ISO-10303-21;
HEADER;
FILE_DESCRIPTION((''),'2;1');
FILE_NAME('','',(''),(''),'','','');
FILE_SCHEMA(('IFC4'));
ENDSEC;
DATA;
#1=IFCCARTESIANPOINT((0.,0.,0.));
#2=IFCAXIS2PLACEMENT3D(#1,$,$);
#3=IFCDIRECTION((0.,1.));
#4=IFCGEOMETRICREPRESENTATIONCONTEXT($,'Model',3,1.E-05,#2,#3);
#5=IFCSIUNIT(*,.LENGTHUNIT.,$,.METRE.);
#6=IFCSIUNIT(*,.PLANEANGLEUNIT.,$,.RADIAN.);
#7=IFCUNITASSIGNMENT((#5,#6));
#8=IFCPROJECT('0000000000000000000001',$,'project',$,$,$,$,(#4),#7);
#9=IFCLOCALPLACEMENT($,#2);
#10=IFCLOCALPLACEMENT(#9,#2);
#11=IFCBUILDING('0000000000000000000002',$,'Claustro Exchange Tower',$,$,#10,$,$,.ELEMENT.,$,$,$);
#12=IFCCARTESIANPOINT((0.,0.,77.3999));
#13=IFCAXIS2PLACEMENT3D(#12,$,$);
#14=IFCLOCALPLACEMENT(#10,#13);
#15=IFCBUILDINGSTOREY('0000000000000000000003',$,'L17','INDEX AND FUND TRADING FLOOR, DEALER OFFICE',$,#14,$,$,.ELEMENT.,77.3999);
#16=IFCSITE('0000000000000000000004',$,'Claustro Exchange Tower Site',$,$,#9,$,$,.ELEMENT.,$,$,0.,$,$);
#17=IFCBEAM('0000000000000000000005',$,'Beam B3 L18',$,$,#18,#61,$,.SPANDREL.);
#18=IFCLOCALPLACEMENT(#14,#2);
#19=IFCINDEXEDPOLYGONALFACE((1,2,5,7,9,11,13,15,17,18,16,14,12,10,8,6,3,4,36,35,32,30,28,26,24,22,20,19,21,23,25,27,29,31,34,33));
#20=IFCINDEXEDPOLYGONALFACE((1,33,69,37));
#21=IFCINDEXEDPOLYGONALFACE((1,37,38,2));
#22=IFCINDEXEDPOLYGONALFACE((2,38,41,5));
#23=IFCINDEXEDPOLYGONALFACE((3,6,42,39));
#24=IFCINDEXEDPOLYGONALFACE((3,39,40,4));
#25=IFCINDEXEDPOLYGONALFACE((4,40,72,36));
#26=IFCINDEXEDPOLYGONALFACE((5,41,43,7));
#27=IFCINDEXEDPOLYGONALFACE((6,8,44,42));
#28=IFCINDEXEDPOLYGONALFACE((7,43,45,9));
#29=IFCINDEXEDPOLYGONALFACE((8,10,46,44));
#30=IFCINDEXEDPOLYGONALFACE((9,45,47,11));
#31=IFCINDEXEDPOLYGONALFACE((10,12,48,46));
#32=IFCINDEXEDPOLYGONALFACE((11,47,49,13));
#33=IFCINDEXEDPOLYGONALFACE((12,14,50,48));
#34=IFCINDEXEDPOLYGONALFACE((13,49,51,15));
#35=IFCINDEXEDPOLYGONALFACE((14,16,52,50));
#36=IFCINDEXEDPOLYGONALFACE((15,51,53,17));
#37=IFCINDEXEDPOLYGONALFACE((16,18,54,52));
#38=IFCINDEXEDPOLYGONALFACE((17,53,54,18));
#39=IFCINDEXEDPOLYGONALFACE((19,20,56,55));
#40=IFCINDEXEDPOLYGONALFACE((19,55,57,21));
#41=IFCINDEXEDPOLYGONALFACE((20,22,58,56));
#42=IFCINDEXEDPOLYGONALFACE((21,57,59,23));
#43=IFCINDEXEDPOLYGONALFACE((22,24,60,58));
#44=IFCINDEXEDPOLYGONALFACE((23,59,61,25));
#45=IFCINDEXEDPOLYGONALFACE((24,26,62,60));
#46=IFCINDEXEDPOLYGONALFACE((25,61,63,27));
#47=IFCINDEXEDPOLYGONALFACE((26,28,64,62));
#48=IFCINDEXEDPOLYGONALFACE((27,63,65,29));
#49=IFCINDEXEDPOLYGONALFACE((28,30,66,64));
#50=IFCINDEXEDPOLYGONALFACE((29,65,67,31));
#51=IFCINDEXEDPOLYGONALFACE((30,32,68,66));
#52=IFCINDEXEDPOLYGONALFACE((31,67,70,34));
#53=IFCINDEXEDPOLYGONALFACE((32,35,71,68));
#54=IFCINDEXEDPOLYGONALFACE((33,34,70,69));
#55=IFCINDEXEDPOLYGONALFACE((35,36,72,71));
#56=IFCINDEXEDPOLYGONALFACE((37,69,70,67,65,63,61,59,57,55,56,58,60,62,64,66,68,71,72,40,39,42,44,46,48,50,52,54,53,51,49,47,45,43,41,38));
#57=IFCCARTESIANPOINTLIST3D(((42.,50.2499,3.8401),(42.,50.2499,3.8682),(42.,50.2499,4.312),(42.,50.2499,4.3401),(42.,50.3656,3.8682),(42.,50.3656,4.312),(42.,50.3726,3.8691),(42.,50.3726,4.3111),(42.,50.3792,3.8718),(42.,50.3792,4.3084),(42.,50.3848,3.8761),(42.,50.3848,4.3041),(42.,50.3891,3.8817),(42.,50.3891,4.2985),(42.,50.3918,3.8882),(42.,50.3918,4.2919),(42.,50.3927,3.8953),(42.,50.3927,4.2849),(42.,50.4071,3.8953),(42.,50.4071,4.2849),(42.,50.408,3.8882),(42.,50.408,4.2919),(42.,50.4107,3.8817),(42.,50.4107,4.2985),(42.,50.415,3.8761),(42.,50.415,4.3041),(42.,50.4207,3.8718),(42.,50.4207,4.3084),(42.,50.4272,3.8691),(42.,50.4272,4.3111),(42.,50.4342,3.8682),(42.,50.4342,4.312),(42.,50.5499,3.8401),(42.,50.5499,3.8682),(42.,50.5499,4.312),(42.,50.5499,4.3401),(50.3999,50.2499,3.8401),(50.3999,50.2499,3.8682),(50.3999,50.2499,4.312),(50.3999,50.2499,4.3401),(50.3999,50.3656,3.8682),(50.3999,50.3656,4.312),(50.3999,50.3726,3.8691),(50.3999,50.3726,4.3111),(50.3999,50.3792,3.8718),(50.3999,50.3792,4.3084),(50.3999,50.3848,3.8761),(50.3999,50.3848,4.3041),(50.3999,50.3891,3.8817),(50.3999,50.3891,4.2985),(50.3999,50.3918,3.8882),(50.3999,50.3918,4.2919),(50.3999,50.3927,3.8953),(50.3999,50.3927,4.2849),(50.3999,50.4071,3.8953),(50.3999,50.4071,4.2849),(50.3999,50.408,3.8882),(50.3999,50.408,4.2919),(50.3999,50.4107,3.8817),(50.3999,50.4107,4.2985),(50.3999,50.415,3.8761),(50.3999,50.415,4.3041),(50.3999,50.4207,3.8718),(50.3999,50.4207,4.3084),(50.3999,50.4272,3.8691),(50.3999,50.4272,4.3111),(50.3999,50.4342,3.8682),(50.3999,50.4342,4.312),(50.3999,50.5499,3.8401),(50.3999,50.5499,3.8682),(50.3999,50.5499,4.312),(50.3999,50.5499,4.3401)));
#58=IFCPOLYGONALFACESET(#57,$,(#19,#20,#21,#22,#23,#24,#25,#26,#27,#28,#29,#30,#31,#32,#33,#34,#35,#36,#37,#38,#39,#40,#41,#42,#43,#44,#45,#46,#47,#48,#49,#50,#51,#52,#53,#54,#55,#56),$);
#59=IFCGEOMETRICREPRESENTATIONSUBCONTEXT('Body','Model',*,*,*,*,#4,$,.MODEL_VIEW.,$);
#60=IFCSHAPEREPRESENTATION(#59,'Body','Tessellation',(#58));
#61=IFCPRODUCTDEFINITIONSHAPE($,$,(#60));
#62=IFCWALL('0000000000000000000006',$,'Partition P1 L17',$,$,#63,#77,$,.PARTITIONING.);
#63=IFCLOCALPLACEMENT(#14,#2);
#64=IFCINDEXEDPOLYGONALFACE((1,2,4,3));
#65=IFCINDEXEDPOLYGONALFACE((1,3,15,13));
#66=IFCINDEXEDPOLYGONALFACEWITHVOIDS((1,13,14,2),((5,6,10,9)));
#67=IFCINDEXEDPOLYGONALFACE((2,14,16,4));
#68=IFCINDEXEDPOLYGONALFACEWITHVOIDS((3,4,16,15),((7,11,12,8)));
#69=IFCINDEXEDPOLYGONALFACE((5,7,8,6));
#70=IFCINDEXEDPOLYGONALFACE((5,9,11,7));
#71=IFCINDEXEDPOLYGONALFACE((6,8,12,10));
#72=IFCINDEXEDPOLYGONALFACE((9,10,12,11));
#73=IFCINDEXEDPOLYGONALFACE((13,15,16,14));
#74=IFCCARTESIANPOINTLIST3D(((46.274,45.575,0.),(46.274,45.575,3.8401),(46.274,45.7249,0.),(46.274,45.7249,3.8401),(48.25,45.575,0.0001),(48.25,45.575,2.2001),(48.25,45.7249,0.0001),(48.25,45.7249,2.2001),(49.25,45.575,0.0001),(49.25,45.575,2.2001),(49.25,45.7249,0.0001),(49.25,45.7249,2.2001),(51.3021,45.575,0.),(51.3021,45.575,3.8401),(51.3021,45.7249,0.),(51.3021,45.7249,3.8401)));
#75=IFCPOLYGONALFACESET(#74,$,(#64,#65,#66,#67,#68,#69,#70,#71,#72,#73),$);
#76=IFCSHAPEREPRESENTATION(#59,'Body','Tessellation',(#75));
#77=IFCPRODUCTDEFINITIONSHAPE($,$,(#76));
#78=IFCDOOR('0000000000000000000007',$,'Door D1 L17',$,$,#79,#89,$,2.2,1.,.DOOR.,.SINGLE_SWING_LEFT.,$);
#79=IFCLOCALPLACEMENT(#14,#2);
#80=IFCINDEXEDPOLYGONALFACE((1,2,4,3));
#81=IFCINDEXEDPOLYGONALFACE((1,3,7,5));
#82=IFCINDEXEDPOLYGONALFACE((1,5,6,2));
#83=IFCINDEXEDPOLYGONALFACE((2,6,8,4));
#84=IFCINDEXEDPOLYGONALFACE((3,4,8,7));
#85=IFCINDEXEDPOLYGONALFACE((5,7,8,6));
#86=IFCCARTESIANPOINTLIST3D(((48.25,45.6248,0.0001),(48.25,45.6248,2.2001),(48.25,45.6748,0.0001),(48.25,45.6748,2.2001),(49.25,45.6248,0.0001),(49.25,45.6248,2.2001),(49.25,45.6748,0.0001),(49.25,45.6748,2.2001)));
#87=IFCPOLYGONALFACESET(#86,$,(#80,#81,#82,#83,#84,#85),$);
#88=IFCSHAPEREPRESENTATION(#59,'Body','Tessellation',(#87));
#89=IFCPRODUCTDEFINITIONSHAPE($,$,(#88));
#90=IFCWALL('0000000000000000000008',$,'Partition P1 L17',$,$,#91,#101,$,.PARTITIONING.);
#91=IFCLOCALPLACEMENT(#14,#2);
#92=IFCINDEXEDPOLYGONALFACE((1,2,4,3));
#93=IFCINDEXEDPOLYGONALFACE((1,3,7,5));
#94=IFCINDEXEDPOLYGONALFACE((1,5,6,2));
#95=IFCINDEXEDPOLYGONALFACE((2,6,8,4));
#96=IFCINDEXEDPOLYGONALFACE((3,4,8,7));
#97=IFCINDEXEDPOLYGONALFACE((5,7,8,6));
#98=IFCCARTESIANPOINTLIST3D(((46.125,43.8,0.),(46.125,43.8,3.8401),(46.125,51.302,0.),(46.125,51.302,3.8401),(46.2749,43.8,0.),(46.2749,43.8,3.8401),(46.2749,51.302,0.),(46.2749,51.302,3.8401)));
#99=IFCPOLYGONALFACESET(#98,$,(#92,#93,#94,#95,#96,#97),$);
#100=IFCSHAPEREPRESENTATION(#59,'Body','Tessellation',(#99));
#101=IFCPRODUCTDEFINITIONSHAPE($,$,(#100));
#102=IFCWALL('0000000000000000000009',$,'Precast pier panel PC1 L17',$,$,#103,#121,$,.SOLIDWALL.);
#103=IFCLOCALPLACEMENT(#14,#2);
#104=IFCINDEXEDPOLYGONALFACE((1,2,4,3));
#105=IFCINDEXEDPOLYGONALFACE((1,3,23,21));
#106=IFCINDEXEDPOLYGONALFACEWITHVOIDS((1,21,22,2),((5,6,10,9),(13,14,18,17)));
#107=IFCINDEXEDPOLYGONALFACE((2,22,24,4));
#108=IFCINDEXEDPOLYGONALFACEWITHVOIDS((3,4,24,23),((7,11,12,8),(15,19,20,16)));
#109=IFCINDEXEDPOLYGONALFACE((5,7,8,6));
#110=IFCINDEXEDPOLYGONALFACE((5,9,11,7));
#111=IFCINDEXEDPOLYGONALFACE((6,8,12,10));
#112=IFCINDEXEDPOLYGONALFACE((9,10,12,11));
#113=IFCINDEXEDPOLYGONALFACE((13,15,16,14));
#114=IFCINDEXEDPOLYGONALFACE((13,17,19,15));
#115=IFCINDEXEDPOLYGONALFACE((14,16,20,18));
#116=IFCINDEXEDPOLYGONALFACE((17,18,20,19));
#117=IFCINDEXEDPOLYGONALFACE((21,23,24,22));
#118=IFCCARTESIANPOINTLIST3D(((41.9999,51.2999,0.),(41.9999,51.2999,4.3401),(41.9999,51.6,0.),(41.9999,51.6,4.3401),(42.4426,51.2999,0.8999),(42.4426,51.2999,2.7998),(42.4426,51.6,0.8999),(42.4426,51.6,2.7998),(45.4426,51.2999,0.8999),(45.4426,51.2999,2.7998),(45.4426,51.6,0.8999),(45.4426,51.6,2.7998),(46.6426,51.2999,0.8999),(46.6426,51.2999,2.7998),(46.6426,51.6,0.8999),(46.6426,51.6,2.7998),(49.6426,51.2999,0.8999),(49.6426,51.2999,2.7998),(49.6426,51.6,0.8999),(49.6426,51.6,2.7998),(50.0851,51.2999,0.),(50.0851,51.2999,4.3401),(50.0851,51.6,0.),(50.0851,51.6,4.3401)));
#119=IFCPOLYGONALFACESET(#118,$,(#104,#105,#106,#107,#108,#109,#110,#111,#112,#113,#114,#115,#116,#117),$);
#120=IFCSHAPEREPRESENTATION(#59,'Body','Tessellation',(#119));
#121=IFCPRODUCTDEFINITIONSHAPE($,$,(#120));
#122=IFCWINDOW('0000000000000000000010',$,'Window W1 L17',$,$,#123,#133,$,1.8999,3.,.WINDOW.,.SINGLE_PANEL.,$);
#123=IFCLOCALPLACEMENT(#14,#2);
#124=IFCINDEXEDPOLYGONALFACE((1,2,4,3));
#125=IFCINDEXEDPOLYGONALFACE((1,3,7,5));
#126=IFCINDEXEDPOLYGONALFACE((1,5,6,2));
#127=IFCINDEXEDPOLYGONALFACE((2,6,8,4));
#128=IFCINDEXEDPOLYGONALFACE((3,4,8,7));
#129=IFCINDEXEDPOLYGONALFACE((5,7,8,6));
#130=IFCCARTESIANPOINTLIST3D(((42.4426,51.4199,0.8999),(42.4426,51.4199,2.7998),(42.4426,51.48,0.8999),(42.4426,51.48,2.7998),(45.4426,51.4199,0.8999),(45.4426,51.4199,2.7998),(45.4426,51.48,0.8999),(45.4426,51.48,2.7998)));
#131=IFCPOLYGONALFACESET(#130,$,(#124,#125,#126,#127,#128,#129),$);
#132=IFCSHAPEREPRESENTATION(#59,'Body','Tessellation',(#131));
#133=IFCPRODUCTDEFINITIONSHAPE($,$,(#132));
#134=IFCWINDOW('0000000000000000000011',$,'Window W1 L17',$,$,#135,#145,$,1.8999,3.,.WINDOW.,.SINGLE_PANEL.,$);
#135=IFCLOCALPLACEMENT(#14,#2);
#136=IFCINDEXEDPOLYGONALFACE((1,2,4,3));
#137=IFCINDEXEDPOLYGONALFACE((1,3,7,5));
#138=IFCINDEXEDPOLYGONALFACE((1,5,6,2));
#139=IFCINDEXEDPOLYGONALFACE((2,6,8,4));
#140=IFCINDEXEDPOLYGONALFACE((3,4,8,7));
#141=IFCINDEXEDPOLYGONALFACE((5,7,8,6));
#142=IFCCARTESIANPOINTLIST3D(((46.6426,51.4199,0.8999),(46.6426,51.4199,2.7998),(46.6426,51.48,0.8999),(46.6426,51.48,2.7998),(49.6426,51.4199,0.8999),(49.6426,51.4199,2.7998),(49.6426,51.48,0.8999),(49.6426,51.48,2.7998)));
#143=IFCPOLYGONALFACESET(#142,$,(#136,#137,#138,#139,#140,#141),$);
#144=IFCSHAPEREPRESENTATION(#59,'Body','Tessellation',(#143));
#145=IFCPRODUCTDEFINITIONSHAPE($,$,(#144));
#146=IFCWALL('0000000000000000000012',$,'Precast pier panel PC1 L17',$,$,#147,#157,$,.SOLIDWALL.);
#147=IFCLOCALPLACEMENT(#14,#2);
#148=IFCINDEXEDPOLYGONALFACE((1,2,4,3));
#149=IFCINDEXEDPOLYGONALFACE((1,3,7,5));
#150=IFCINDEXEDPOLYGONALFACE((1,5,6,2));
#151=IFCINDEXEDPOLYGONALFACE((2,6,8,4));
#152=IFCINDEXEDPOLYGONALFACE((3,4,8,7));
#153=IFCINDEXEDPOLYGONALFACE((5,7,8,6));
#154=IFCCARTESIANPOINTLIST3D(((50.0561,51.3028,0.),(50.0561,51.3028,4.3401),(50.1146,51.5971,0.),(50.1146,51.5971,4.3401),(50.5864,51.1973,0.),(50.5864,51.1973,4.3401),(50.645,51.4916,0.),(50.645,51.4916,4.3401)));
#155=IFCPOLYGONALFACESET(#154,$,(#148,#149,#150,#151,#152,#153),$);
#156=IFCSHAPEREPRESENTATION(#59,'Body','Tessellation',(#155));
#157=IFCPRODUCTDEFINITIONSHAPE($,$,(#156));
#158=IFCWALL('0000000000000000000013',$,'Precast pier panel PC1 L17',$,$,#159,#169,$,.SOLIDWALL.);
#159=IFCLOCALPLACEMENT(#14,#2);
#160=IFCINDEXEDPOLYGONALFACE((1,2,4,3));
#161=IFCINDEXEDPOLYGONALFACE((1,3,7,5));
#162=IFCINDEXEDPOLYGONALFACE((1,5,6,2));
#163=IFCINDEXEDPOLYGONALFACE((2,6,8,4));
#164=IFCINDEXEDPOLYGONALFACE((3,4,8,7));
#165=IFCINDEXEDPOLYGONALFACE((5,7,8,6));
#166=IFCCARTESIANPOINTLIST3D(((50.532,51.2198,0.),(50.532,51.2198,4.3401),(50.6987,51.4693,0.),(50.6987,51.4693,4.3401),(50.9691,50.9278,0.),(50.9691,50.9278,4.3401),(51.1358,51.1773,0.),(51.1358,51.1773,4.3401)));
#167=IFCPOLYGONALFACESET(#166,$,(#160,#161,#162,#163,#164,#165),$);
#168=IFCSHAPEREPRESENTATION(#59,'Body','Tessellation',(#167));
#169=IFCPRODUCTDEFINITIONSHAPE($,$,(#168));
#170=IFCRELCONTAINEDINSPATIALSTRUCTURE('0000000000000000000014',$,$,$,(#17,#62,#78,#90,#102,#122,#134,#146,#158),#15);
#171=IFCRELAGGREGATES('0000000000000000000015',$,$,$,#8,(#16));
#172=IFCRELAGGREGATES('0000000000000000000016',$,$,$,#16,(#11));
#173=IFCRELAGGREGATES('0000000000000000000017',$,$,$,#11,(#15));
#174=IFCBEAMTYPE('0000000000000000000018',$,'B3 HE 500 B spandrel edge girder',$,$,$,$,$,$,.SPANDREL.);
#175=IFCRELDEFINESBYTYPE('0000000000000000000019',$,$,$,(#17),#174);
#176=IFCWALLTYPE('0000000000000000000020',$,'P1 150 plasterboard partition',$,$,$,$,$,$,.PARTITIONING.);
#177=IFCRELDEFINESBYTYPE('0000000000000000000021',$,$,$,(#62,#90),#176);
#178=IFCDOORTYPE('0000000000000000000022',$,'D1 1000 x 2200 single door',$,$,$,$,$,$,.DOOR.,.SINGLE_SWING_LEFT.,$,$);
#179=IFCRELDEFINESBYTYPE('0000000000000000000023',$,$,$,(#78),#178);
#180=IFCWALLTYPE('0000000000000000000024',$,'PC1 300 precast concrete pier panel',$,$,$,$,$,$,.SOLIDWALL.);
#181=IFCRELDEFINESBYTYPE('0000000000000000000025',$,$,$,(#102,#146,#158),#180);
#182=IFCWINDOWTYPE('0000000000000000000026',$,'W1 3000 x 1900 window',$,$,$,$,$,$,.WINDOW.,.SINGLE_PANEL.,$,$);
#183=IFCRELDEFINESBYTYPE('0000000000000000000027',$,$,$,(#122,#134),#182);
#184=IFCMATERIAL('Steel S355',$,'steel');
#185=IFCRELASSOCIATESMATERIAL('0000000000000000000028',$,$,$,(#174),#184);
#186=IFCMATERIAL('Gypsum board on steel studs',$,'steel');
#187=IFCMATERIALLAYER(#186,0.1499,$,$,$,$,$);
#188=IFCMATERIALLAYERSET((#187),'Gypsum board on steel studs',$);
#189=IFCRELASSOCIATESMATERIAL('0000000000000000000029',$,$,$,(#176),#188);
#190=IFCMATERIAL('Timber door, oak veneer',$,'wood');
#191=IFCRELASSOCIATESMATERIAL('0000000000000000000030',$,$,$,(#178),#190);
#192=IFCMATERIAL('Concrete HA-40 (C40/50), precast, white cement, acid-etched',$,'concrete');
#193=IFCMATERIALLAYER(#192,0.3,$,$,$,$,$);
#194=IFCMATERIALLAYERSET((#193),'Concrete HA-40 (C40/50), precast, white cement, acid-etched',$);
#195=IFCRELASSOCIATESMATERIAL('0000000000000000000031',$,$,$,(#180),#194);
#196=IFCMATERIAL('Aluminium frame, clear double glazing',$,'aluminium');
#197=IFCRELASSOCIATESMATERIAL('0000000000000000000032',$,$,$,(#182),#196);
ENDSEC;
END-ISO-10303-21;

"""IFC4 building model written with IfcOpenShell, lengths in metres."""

from ifc_helpers import new_model, si_unit, direction, frame, frame_2d, origin, origin_2d, place, context, subcontext, project, spatial, rectangle, i_section, extrude, material, layer, layer_set, material_profile, profile_set, type_object, element, fill, save


model = new_model("IFC4")

# Units and contexts
model_context = context("Model", 3, precision=1e-05, world=origin(), true_north=direction((0.0, 1.0)))
body_context = subcontext(model_context, "Body", "Model", "MODEL_VIEW")
ifc_project = project(units=[si_unit("LENGTHUNIT", "METRE"), si_unit("PLANEANGLEUNIT", "RADIAN")], contexts=[model_context])

# Site, building, storey
site_placement = place(None, origin())
site = spatial("IfcSite", under=ifc_project, at=site_placement, Name="Claustro Exchange Tower Site", CompositionType="ELEMENT", RefElevation=0.0)
building_placement = place(site_placement, origin())
building = spatial("IfcBuilding", under=site, at=building_placement, Name="Claustro Exchange Tower", CompositionType="ELEMENT")
storey_placement = place(building_placement, frame((0.0, 0.0, 77.3999)))
storey = spatial("IfcBuildingStorey", under=building, at=storey_placement, Name="L17", Description="INDEX AND FUND TRADING FLOOR, DEALER OFFICE", CompositionType="ELEMENT", Elevation=77.3999)

# Beam
ifc_material_1 = material(Name="Steel S355", Category="steel")
ifc_material_profile_1 = material_profile(ifc_material_1, i_section(OverallWidth=0.3, OverallDepth=0.5, WebThickness=0.0144, FlangeThickness=0.0281, FilletRadius=0.0271, at=origin_2d()), Name="HE 500 B")
ifc_profile_set_1 = profile_set([ifc_material_profile_1], Name="Steel S355")
beam_type_1 = type_object("IfcBeamType", Name="B3 HE 500 B spandrel edge girder", PredefinedType="SPANDREL", material=ifc_profile_set_1)
for number, where, z_axis, x_axis, name in (
    (1, (42.0, 50.3999, 4.0901), (1.0, 0.0, 0.0), (0.0, 1.0, 0.0), "Beam B3 L18"),
):
    element("IfcBeam", number, at=place(storey_placement, frame(where, z_axis=z_axis, x_axis=x_axis)), inside=storey, type_object=beam_type_1, Name=name, PredefinedType="SPANDREL", context=body_context, shape_type="SweptSolid", body=[
        extrude(i_section(OverallWidth=0.3, OverallDepth=0.5, WebThickness=0.0144, FlangeThickness=0.0281, FilletRadius=0.0271, at=origin_2d()), origin(), (0.0, 0.0, 1.0), 8.3999),
    ])

# Wall, opening, door
ifc_material_2 = material(Name="Gypsum board on steel studs", Category="steel")
ifc_layer_1 = layer(ifc_material_2, 0.1499)
ifc_layer_set_1 = layer_set([ifc_layer_1], Name="Gypsum board on steel studs")
wall_type_1 = type_object("IfcWallType", Name="P1 150 plasterboard partition", PredefinedType="PARTITIONING", material=ifc_layer_set_1)
wall_1_placement = place(storey_placement, frame((46.2739, 45.6499, 0.0), z_axis=(0.0, 0.0, 1.0), x_axis=(1.0, 0.0, 0.0)))
wall_1 = element("IfcWall", 2, at=wall_1_placement, inside=storey, type_object=wall_type_1, Name="Partition P1 L17", PredefinedType="PARTITIONING", context=body_context, shape_type="SweptSolid", body=[
    extrude(rectangle(XDim=5.0281, YDim=0.1499, at=frame_2d((2.5142, 0.0))), origin(), (0.0, 0.0, 1.0), 3.8401),
])
opening_1_placement = place(wall_1_placement, frame((1.9761, 0.0, 0.0)))
opening_1 = element("IfcOpeningElement", 3, at=opening_1_placement, cuts=wall_1, PredefinedType="OPENING", context=body_context, shape_type="SweptSolid", body=[
    extrude(rectangle(XDim=1.0, YDim=2.2, at=frame_2d((0.5, 1.1001))), frame((0.0, 0.085, 0.0), z_axis=(0.0, -1.0, 0.0), x_axis=(1.0, 0.0, 0.0)), (0.0, 0.0, 1.0), 0.1699),
])
ifc_material_3 = material(Name="Timber door, oak veneer", Category="wood")
door_type = type_object("IfcDoorType", Name="D1 1000 x 2200 single door", OperationType="SINGLE_SWING_LEFT", PredefinedType="DOOR", material=ifc_material_3)
door_placement = place(opening_1_placement, origin())
door = element("IfcDoor", 4, at=door_placement, inside=storey, type_object=door_type, Name="Door D1 L17", OperationType="SINGLE_SWING_LEFT", OverallHeight=2.2, OverallWidth=1.0, PredefinedType="DOOR", context=body_context, shape_type="SweptSolid", body=[
    extrude(rectangle(XDim=1.0, YDim=2.2, at=frame_2d((0.5, 1.1001))), frame((0.0, 0.0249, 0.0), z_axis=(0.0, -1.0, 0.0), x_axis=(1.0, 0.0, 0.0)), (0.0, 0.0, 1.0), 0.05),
])
fill(opening_1, door)

# Wall
wall_2_placement = place(storey_placement, frame((46.2, 43.8, 0.0), z_axis=(0.0, 0.0, 1.0), x_axis=(0.0, 1.0, 0.0)))
element("IfcWall", 5, at=wall_2_placement, inside=storey, type_object=wall_type_1, Name="Partition P1 L17", PredefinedType="PARTITIONING", context=body_context, shape_type="SweptSolid", body=[
    extrude(rectangle(XDim=7.502, YDim=0.1499, at=frame_2d((3.751, 0.0))), origin(), (0.0, 0.0, 1.0), 3.8401),
])

# Wall, openings, windows
ifc_material_4 = material(Name="Concrete HA-40 (C40/50), precast, white cement, acid-etched", Category="concrete")
ifc_layer_2 = layer(ifc_material_4, 0.3)
ifc_layer_set_2 = layer_set([ifc_layer_2], Name="Concrete HA-40 (C40/50), precast, white cement, acid-etched")
wall_type_2 = type_object("IfcWallType", Name="PC1 300 precast concrete pier panel", PredefinedType="SOLIDWALL", material=ifc_layer_set_2)
wall_3_placement = place(storey_placement, frame((42.0, 51.45, 0.0), z_axis=(0.0, 0.0, 1.0), x_axis=(1.0, 0.0, 0.0)))
wall_3 = element("IfcWall", 6, at=wall_3_placement, inside=storey, type_object=wall_type_2, Name="Precast pier panel PC1 L17", PredefinedType="SOLIDWALL", context=body_context, shape_type="SweptSolid", body=[
    extrude(rectangle(XDim=8.0852, YDim=0.3, at=frame_2d((4.0425, 0.0))), origin(), (0.0, 0.0, 1.0), 4.3401),
])
opening_2_placement = place(wall_3_placement, frame((0.4426, 0.0, 0.8999)))
opening_2 = element("IfcOpeningElement", 7, at=opening_2_placement, cuts=wall_3, PredefinedType="OPENING", context=body_context, shape_type="SweptSolid", body=[
    extrude(rectangle(XDim=3.0, YDim=1.8999, at=frame_2d((1.5, 0.95))), frame((0.0, 0.1599, 0.0), z_axis=(0.0, -1.0, 0.0), x_axis=(1.0, 0.0, 0.0)), (0.0, 0.0, 1.0), 0.3201),
])
opening_3_placement = place(wall_3_placement, frame((4.6426, 0.0, 0.8999)))
opening_3 = element("IfcOpeningElement", 8, at=opening_3_placement, cuts=wall_3, PredefinedType="OPENING", context=body_context, shape_type="SweptSolid", body=[
    extrude(rectangle(XDim=3.0, YDim=1.8999, at=frame_2d((1.5, 0.95))), frame((0.0, 0.1599, 0.0), z_axis=(0.0, -1.0, 0.0), x_axis=(1.0, 0.0, 0.0)), (0.0, 0.0, 1.0), 0.3201),
])
ifc_material_5 = material(Name="Aluminium frame, clear double glazing", Category="aluminium")
window_type_1 = type_object("IfcWindowType", Name="W1 3000 x 1900 window", PartitioningType="SINGLE_PANEL", PredefinedType="WINDOW", material=ifc_material_5)
window_1_placement = place(opening_2_placement, origin())
window_1 = element("IfcWindow", 9, at=window_1_placement, inside=storey, type_object=window_type_1, Name="Window W1 L17", OverallHeight=1.8999, OverallWidth=3.0, PartitioningType="SINGLE_PANEL", PredefinedType="WINDOW", context=body_context, shape_type="SweptSolid", body=[
    extrude(rectangle(XDim=3.0, YDim=1.8999, at=frame_2d((1.5, 0.95))), frame((0.0, 0.03, 0.0), z_axis=(0.0, -1.0, 0.0), x_axis=(1.0, 0.0, 0.0)), (0.0, 0.0, 1.0), 0.0601),
])
fill(opening_2, window_1)
window_2_placement = place(opening_3_placement, origin())
window_2 = element("IfcWindow", 10, at=window_2_placement, inside=storey, type_object=window_type_1, Name="Window W1 L17", OverallHeight=1.8999, OverallWidth=3.0, PartitioningType="SINGLE_PANEL", PredefinedType="WINDOW", context=body_context, shape_type="SweptSolid", body=[
    extrude(rectangle(XDim=3.0, YDim=1.8999, at=frame_2d((1.5, 0.95))), frame((0.0, 0.03, 0.0), z_axis=(0.0, -1.0, 0.0), x_axis=(1.0, 0.0, 0.0)), (0.0, 0.0, 1.0), 0.0601),
])
fill(opening_3, window_2)

# Walls
wall_4_placement = place(storey_placement, frame((50.0852, 51.45, 0.0), z_axis=(0.0, 0.0, 1.0), x_axis=(0.980789, -0.195074, 0.0)))
element("IfcWall", 11, at=wall_4_placement, inside=storey, type_object=wall_type_2, Name="Precast pier panel PC1 L17", PredefinedType="SOLIDWALL", context=body_context, shape_type="SweptSolid", body=[
    extrude(rectangle(XDim=0.5408, YDim=0.3, at=frame_2d((0.2705, 0.0))), origin(), (0.0, 0.0, 1.0), 4.3401),
])
for number, where, z_axis, x_axis, name in (
    (12, (50.6155, 51.3445, 0.0), (0.0, 0.0, 1.0), (0.831478, -0.555557, 0.0), "Precast pier panel PC1 L17"),
):
    element("IfcWall", number, at=place(storey_placement, frame(where, z_axis=z_axis, x_axis=x_axis)), inside=storey, type_object=wall_type_2, Name=name, PredefinedType="SOLIDWALL", context=body_context, shape_type="SweptSolid", body=[
        extrude(rectangle(XDim=0.5256, YDim=0.3, at=frame_2d((0.2627, 0.0))), origin(), (0.0, 0.0, 1.0), 4.3401),
    ])

save(model, "model.ifc")
